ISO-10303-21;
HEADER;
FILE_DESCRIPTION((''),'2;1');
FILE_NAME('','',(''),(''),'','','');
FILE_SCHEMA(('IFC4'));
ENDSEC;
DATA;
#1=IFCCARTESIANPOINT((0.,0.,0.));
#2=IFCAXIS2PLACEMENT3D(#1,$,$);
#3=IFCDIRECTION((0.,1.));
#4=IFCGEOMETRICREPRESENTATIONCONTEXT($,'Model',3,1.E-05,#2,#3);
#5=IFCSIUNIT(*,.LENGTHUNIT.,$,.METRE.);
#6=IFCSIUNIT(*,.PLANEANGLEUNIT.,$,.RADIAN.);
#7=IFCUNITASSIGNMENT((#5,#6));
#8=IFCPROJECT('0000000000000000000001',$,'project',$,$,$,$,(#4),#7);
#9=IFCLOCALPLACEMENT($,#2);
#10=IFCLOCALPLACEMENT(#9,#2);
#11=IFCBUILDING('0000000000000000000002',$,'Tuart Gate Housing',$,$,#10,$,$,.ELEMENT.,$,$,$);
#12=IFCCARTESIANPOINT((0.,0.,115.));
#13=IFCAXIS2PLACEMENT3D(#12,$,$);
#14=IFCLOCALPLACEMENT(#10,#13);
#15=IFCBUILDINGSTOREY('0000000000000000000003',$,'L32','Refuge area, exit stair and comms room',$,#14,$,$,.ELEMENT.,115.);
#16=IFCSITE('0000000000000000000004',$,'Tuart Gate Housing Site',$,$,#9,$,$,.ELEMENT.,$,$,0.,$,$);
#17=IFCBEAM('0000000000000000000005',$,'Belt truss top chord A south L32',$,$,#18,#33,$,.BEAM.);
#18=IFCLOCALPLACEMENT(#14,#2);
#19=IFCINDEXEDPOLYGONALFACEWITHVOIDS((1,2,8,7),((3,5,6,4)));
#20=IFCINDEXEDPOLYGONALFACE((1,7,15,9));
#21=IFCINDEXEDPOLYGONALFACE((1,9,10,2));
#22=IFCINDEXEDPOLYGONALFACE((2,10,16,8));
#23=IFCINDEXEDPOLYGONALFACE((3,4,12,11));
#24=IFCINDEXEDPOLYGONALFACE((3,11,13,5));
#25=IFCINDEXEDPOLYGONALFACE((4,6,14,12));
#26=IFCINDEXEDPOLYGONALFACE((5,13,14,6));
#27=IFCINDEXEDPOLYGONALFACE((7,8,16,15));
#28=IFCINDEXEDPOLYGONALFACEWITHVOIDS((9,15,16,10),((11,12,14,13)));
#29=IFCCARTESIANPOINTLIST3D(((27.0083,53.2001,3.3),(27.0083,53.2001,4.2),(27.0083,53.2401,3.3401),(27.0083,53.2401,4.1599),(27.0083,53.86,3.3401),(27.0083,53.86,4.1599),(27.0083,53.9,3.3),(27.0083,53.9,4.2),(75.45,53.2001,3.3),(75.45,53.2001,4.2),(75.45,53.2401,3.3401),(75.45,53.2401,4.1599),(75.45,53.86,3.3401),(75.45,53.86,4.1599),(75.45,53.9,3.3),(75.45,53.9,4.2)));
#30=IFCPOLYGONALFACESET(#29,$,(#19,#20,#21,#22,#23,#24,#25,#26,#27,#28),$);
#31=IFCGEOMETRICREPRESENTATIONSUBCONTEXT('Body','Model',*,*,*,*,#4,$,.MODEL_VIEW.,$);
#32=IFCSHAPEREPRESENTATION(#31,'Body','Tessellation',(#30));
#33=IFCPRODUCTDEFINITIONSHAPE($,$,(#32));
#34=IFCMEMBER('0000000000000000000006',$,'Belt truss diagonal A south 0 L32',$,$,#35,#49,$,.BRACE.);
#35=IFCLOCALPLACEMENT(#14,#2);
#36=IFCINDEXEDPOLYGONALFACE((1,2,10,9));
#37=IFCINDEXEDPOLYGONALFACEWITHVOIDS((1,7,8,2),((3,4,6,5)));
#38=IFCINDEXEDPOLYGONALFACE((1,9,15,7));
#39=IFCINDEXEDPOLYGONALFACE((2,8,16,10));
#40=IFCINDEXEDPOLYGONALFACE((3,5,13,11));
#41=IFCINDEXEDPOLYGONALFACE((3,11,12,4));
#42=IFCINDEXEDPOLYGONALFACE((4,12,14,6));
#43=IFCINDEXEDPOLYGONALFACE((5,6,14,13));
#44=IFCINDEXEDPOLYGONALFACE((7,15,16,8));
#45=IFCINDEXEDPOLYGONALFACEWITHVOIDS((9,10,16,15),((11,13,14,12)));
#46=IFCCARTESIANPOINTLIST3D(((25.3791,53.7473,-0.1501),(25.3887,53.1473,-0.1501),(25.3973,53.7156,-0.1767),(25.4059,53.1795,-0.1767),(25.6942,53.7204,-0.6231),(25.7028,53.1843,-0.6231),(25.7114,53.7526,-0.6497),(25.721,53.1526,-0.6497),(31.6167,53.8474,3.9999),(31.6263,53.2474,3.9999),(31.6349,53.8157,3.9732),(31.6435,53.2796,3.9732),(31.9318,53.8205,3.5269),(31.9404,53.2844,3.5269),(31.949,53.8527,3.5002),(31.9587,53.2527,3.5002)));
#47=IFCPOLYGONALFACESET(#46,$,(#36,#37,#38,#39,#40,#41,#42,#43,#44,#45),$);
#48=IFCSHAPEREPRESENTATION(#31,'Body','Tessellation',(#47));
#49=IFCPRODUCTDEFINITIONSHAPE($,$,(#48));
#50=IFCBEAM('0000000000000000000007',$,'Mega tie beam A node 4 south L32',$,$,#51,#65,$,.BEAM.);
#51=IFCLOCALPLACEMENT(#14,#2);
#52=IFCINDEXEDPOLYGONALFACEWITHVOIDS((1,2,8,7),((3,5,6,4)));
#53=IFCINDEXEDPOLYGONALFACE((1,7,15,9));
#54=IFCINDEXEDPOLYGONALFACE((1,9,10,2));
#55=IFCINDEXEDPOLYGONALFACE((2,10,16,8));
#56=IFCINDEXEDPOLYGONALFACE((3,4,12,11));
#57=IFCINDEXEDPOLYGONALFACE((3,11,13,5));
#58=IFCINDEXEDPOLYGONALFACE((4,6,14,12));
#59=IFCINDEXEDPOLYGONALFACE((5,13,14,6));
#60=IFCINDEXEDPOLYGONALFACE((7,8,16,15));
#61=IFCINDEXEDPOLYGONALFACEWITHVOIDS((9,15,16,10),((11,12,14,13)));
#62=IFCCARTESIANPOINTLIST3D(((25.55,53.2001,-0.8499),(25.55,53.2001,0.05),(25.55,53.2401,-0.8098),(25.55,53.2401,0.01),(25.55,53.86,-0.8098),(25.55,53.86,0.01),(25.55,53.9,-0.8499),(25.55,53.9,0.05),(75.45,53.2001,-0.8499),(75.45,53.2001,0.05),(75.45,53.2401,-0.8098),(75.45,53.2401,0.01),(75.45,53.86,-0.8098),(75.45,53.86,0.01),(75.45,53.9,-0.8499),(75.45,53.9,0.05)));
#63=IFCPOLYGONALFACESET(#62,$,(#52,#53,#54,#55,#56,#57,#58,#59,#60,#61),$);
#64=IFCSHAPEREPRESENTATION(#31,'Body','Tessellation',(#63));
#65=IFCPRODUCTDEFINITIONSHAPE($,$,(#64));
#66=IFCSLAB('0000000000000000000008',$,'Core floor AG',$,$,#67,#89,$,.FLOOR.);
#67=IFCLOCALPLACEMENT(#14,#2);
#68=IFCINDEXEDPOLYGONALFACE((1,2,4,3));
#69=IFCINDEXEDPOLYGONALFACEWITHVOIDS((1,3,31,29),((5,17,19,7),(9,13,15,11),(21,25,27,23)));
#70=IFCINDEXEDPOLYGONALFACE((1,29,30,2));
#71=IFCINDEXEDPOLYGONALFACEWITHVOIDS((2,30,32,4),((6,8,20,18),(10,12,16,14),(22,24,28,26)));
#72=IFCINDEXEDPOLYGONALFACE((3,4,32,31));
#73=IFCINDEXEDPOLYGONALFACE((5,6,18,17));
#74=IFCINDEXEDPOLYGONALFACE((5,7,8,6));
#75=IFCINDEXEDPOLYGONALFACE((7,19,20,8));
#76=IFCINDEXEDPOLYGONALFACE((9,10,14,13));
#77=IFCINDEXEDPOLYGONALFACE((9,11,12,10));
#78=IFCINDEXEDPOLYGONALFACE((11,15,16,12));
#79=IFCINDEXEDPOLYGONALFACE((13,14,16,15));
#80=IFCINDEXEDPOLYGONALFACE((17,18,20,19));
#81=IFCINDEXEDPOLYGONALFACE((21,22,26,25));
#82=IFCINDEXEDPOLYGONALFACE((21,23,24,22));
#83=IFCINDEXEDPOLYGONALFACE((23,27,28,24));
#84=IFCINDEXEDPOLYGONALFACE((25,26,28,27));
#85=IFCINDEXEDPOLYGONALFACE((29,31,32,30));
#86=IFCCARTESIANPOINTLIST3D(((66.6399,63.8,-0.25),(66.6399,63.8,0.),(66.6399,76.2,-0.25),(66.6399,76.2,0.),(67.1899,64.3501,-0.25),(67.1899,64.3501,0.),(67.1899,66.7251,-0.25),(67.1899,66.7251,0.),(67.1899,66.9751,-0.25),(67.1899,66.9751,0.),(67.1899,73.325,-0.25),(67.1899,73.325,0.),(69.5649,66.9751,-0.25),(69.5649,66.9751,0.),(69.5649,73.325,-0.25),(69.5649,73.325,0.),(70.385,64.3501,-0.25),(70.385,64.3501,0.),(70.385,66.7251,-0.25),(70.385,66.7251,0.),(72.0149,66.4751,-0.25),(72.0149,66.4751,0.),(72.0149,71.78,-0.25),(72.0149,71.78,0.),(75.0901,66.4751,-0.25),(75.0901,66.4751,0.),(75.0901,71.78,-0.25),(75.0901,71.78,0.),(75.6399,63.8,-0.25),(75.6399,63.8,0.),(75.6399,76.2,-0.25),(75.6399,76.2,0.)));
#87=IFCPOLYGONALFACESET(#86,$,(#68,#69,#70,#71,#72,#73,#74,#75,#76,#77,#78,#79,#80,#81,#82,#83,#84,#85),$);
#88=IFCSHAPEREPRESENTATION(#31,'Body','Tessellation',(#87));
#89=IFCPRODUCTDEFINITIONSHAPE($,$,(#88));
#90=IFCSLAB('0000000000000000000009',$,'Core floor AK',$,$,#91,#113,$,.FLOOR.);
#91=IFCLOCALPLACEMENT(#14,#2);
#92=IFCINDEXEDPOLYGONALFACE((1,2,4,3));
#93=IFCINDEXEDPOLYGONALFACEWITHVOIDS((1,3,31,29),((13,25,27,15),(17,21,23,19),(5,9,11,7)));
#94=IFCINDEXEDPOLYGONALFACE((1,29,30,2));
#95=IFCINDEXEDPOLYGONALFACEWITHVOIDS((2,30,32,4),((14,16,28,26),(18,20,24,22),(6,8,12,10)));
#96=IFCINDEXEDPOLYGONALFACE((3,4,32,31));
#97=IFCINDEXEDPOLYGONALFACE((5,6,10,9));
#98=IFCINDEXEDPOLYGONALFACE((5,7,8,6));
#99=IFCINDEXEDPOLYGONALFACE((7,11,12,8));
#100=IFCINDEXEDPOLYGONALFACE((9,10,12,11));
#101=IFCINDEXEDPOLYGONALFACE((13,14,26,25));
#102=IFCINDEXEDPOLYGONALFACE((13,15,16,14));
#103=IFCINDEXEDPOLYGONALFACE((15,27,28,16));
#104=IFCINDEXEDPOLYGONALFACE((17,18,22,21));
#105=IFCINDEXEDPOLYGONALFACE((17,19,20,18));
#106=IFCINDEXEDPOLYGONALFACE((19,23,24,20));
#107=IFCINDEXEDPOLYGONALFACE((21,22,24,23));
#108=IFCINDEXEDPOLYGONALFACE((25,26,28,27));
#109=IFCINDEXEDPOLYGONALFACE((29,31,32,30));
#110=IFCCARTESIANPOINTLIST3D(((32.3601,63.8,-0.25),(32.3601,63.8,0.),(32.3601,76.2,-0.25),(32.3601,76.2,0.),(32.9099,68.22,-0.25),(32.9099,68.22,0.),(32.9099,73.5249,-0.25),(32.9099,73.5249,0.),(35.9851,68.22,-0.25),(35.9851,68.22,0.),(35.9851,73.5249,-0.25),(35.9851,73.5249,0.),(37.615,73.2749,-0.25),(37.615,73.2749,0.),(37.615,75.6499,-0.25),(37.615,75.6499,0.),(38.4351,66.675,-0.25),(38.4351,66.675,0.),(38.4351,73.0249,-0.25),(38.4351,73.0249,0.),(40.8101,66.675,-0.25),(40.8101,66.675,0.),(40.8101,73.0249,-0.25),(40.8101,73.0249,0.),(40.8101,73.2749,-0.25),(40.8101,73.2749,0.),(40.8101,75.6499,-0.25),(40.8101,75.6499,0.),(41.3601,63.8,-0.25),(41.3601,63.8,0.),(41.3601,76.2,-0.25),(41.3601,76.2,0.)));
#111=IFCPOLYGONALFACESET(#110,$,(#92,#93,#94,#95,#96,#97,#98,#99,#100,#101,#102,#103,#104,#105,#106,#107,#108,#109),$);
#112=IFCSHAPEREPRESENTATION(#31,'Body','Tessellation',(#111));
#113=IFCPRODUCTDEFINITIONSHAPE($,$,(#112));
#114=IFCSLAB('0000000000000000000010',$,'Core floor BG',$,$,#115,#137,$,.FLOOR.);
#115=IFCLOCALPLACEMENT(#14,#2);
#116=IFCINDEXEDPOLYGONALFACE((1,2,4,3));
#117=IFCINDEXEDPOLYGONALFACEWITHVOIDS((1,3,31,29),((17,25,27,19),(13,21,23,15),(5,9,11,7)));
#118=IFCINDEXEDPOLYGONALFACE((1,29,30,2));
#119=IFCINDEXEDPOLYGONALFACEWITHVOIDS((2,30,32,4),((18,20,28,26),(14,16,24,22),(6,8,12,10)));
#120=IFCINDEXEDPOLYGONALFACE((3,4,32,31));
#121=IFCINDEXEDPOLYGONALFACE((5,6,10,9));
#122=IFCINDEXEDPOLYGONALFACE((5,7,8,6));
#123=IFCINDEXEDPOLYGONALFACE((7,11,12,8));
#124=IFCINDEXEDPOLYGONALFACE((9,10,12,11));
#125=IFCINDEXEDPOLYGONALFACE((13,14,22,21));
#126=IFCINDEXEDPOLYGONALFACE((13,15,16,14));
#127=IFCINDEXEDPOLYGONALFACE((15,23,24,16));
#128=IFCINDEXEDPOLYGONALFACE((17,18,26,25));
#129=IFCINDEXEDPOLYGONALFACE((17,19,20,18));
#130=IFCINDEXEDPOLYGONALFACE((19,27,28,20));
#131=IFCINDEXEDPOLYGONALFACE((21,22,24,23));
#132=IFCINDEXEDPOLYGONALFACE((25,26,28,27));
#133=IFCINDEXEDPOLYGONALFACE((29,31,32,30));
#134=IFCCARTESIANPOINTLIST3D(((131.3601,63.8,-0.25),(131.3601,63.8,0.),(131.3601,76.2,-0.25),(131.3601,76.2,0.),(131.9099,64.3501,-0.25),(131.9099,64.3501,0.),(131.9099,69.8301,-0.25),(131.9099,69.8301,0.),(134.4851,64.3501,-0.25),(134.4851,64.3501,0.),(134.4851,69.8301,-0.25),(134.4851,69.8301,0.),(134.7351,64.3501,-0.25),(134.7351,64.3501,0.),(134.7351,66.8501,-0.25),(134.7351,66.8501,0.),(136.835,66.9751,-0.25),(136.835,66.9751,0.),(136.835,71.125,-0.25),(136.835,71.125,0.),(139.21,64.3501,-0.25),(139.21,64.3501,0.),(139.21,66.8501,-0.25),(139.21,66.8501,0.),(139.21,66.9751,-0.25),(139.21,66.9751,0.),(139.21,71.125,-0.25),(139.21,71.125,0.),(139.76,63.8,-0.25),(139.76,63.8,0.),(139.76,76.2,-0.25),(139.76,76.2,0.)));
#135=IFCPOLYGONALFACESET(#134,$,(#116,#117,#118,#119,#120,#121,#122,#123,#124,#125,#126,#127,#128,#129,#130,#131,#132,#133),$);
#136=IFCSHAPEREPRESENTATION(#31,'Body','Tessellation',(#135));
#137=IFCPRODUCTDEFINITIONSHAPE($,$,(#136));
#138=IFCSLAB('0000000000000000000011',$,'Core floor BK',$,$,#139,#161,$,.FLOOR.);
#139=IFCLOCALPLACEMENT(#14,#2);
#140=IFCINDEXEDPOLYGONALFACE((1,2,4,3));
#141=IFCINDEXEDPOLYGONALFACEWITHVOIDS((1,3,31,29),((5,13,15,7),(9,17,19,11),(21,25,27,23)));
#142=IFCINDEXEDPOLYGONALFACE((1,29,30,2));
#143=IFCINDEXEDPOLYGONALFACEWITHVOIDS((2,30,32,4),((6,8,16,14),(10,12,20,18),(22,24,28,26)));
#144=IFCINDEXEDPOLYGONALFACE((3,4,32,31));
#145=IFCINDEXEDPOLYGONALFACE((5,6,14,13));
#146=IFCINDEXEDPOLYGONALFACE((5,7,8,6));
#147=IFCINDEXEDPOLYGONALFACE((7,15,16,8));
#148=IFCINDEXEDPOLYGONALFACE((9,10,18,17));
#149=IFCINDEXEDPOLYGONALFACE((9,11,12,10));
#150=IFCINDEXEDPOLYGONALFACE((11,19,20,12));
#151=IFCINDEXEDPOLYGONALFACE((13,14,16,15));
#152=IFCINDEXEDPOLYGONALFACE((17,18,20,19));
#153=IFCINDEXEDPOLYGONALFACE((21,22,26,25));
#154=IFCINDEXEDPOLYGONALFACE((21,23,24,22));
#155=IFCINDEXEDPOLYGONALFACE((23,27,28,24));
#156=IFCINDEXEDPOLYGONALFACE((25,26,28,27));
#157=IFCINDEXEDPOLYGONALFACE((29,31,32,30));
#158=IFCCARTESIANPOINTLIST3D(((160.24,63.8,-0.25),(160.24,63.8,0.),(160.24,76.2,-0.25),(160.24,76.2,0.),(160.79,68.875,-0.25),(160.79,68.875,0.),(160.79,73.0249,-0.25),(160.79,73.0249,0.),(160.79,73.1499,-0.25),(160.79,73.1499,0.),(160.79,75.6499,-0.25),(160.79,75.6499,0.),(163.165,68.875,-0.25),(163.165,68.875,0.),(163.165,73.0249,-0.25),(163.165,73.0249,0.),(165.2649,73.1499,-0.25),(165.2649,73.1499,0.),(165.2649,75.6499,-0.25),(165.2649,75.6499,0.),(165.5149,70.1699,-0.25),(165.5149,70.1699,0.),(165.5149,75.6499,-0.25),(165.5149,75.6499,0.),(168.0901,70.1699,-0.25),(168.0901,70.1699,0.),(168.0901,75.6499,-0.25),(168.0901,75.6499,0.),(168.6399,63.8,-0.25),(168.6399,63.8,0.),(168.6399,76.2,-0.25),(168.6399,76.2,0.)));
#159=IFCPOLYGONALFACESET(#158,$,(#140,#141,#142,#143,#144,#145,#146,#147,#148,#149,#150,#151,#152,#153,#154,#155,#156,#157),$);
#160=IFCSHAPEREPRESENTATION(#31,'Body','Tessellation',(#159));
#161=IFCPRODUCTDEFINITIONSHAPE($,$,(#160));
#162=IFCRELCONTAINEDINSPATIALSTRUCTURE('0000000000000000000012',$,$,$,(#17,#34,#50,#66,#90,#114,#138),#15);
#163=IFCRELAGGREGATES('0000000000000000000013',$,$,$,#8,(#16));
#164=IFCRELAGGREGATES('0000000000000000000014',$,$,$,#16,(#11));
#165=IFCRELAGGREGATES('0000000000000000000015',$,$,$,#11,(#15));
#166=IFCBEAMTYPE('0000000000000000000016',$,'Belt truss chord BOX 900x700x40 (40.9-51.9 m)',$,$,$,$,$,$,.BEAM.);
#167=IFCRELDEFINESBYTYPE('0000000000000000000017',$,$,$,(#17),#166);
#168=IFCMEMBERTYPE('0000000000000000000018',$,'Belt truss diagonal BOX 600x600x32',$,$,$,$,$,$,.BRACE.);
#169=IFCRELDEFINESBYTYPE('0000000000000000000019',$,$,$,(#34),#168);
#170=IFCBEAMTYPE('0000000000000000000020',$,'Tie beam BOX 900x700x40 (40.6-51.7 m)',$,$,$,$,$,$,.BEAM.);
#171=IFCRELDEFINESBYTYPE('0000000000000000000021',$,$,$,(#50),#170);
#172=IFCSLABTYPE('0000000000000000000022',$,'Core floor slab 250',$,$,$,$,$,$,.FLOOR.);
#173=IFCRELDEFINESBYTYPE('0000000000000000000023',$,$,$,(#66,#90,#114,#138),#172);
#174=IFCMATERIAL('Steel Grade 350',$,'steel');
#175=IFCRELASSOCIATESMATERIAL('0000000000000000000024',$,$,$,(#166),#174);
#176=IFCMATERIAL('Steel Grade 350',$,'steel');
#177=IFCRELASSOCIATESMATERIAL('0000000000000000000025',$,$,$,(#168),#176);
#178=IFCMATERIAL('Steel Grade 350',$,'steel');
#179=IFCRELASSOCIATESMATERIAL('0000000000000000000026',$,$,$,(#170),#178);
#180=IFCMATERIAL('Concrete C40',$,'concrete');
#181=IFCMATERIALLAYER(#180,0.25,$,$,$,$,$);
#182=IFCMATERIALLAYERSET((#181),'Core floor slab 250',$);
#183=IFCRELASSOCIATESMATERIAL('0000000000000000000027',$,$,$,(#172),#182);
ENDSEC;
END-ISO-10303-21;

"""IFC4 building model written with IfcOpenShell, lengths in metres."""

from ifc_helpers import new_model, si_unit, direction, frame, origin, origin_2d, place, context, subcontext, project, spatial, polyline, hollow_rectangle, outline, extrude, material, layer, layer_set, material_profile, profile_set, type_object, element, save


model = new_model("IFC4")

# Units and contexts
model_context = context("Model", 3, precision=1e-05, world=origin(), true_north=direction((0.0, 1.0)))
body_context = subcontext(model_context, "Body", "Model", "MODEL_VIEW")
ifc_project = project(units=[si_unit("LENGTHUNIT", "METRE"), si_unit("PLANEANGLEUNIT", "RADIAN")], contexts=[model_context])

# Site, building, storey
site_placement = place(None, origin())
site = spatial("IfcSite", under=ifc_project, at=site_placement, Name="Tuart Gate Housing Site", CompositionType="ELEMENT", RefElevation=0.0)
building_placement = place(site_placement, origin())
building = spatial("IfcBuilding", under=site, at=building_placement, Name="Tuart Gate Housing", CompositionType="ELEMENT")
storey_placement = place(building_placement, frame((0.0, 0.0, 115.0)))
storey = spatial("IfcBuildingStorey", under=building, at=storey_placement, Name="L32", Description="Refuge area, exit stair and comms room", CompositionType="ELEMENT", Elevation=115.0)

# Beam
ifc_material_1 = material(Name="Steel Grade 350", Category="steel")
ifc_material_profile_1 = material_profile(ifc_material_1, hollow_rectangle(XDim=0.7, YDim=0.8999, WallThickness=0.04, at=origin_2d()), Name="BOX 900x700x40")
ifc_profile_set_1 = profile_set([ifc_material_profile_1], Name="Steel Grade 350")
beam_type_1 = type_object("IfcBeamType", Name="Belt truss chord BOX 900x700x40 (40.9-51.9 m)", PredefinedType="BEAM", material=ifc_profile_set_1)
beam_1_placement = place(storey_placement, frame((27.0083, 53.55, 3.75), z_axis=(1.0, 0.0, 0.0), x_axis=(0.0, 1.0, 0.0)))
element("IfcBeam", 1, at=beam_1_placement, inside=storey, type_object=beam_type_1, Name="Belt truss top chord A south L32", PredefinedType="BEAM", context=body_context, shape_type="SweptSolid", body=[
    extrude(hollow_rectangle(XDim=0.7, YDim=0.8999, WallThickness=0.04, at=origin_2d()), origin(), (0.0, 0.0, 1.0), 48.4417),
])

# Member
ifc_material_2 = material(Name="Steel Grade 350", Category="steel")
ifc_material_profile_2 = material_profile(ifc_material_2, hollow_rectangle(XDim=0.6001, YDim=0.6001, WallThickness=0.032, at=origin_2d()), Name="BOX 600x600x32")
ifc_profile_set_2 = profile_set([ifc_material_profile_2], Name="Steel Grade 350")
member_type = type_object("IfcMemberType", Name="Belt truss diagonal BOX 600x600x32", PredefinedType="BRACE", material=ifc_profile_set_2)
member_placement = place(storey_placement, frame((25.55, 53.45, -0.3999), z_axis=(0.832497, 0.01336, 0.553868), x_axis=(-0.016046, 0.999871, 0.0)))
element("IfcMember", 2, at=member_placement, inside=storey, type_object=member_type, Name="Belt truss diagonal A south 0 L32", PredefinedType="BRACE", context=body_context, shape_type="SweptSolid", body=[
    extrude(hollow_rectangle(XDim=0.6001, YDim=0.6001, WallThickness=0.032, at=origin_2d()), origin(), (0.0, 0.0, 1.0), 7.4927),
])

# Beam
ifc_material_3 = material(Name="Steel Grade 350", Category="steel")
ifc_material_profile_3 = material_profile(ifc_material_3, hollow_rectangle(XDim=0.7, YDim=0.8999, WallThickness=0.04, at=origin_2d()), Name="BOX 900x700x40")
ifc_profile_set_3 = profile_set([ifc_material_profile_3], Name="Steel Grade 350")
beam_type_2 = type_object("IfcBeamType", Name="Tie beam BOX 900x700x40 (40.6-51.7 m)", PredefinedType="BEAM", material=ifc_profile_set_3)
beam_2_placement = place(storey_placement, frame((25.55, 53.55, -0.3999), z_axis=(1.0, 0.0, 0.0), x_axis=(0.0, 1.0, 0.0)))
element("IfcBeam", 3, at=beam_2_placement, inside=storey, type_object=beam_type_2, Name="Mega tie beam A node 4 south L32", PredefinedType="BEAM", context=body_context, shape_type="SweptSolid", body=[
    extrude(hollow_rectangle(XDim=0.7, YDim=0.8999, WallThickness=0.04, at=origin_2d()), origin(), (0.0, 0.0, 1.0), 49.8999),
])

# Slabs
ifc_material_4 = material(Name="Concrete C40", Category="concrete")
ifc_layer_1 = layer(ifc_material_4, 0.25)
ifc_layer_set_1 = layer_set([ifc_layer_1], Name="Core floor slab 250")
slab_type_1 = type_object("IfcSlabType", Name="Core floor slab 250", PredefinedType="FLOOR", material=ifc_layer_set_1)
slab_1_placement = place(storey_placement, frame((0.0, 0.0, -0.25)))
element("IfcSlab", 4, at=slab_1_placement, inside=storey, type_object=slab_type_1, Name="Core floor AG", PredefinedType="FLOOR", context=body_context, shape_type="SweptSolid", body=[
    extrude(outline(polyline([(66.6399, 63.8), (75.6399, 63.8), (75.6399, 76.2), (66.6399, 76.2), (66.6399, 63.8)]), holes=[polyline([(67.1899, 64.3501), (70.385, 64.3501), (70.385, 66.7251), (67.1899, 66.7251), (67.1899, 64.3501)]), polyline([(67.1899, 66.9751), (69.5649, 66.9751), (69.5649, 73.325), (67.1899, 73.325), (67.1899, 66.9751)]), polyline([(72.0149, 66.4751), (75.0901, 66.4751), (75.0901, 71.78), (72.0149, 71.78), (72.0149, 66.4751)])]), origin(), (0.0, 0.0, 1.0), 0.25),
])
slab_2_placement = place(storey_placement, frame((0.0, 0.0, -0.25)))
element("IfcSlab", 5, at=slab_2_placement, inside=storey, type_object=slab_type_1, Name="Core floor AK", PredefinedType="FLOOR", context=body_context, shape_type="SweptSolid", body=[
    extrude(outline(polyline([(32.3601, 63.8), (41.3601, 63.8), (41.3601, 76.2), (32.3601, 76.2), (32.3601, 63.8)]), holes=[polyline([(40.8101, 75.6499), (37.615, 75.6499), (37.615, 73.2749), (40.8101, 73.2749), (40.8101, 75.6499)]), polyline([(40.8101, 73.0249), (38.4351, 73.0249), (38.4351, 66.675), (40.8101, 66.675), (40.8101, 73.0249)]), polyline([(35.9851, 73.5249), (32.9099, 73.5249), (32.9099, 68.22), (35.9851, 68.22), (35.9851, 73.5249)])]), origin(), (0.0, 0.0, 1.0), 0.25),
])
slab_3_placement = place(storey_placement, frame((0.0, 0.0, -0.25)))
element("IfcSlab", 6, at=slab_3_placement, inside=storey, type_object=slab_type_1, Name="Core floor BG", PredefinedType="FLOOR", context=body_context, shape_type="SweptSolid", body=[
    extrude(outline(polyline([(131.3601, 63.8), (139.76, 63.8), (139.76, 76.2), (131.3601, 76.2), (131.3601, 63.8)]), holes=[polyline([(139.21, 66.8501), (134.7351, 66.8501), (134.7351, 64.3501), (139.21, 64.3501), (139.21, 66.8501)]), polyline([(139.21, 71.125), (136.835, 71.125), (136.835, 66.9751), (139.21, 66.9751), (139.21, 71.125)]), polyline([(134.4851, 69.8301), (131.9099, 69.8301), (131.9099, 64.3501), (134.4851, 64.3501), (134.4851, 69.8301)])]), origin(), (0.0, 0.0, 1.0), 0.25),
])
slab_4_placement = place(storey_placement, frame((0.0, 0.0, -0.25)))
element("IfcSlab", 7, at=slab_4_placement, inside=storey, type_object=slab_type_1, Name="Core floor BK", PredefinedType="FLOOR", context=body_context, shape_type="SweptSolid", body=[
    extrude(outline(polyline([(160.24, 63.8), (168.6399, 63.8), (168.6399, 76.2), (160.24, 76.2), (160.24, 63.8)]), holes=[polyline([(160.79, 73.1499), (165.2649, 73.1499), (165.2649, 75.6499), (160.79, 75.6499), (160.79, 73.1499)]), polyline([(160.79, 68.875), (163.165, 68.875), (163.165, 73.0249), (160.79, 73.0249), (160.79, 68.875)]), polyline([(165.5149, 70.1699), (168.0901, 70.1699), (168.0901, 75.6499), (165.5149, 75.6499), (165.5149, 70.1699)])]), origin(), (0.0, 0.0, 1.0), 0.25),
])

save(model, "model.ifc")
